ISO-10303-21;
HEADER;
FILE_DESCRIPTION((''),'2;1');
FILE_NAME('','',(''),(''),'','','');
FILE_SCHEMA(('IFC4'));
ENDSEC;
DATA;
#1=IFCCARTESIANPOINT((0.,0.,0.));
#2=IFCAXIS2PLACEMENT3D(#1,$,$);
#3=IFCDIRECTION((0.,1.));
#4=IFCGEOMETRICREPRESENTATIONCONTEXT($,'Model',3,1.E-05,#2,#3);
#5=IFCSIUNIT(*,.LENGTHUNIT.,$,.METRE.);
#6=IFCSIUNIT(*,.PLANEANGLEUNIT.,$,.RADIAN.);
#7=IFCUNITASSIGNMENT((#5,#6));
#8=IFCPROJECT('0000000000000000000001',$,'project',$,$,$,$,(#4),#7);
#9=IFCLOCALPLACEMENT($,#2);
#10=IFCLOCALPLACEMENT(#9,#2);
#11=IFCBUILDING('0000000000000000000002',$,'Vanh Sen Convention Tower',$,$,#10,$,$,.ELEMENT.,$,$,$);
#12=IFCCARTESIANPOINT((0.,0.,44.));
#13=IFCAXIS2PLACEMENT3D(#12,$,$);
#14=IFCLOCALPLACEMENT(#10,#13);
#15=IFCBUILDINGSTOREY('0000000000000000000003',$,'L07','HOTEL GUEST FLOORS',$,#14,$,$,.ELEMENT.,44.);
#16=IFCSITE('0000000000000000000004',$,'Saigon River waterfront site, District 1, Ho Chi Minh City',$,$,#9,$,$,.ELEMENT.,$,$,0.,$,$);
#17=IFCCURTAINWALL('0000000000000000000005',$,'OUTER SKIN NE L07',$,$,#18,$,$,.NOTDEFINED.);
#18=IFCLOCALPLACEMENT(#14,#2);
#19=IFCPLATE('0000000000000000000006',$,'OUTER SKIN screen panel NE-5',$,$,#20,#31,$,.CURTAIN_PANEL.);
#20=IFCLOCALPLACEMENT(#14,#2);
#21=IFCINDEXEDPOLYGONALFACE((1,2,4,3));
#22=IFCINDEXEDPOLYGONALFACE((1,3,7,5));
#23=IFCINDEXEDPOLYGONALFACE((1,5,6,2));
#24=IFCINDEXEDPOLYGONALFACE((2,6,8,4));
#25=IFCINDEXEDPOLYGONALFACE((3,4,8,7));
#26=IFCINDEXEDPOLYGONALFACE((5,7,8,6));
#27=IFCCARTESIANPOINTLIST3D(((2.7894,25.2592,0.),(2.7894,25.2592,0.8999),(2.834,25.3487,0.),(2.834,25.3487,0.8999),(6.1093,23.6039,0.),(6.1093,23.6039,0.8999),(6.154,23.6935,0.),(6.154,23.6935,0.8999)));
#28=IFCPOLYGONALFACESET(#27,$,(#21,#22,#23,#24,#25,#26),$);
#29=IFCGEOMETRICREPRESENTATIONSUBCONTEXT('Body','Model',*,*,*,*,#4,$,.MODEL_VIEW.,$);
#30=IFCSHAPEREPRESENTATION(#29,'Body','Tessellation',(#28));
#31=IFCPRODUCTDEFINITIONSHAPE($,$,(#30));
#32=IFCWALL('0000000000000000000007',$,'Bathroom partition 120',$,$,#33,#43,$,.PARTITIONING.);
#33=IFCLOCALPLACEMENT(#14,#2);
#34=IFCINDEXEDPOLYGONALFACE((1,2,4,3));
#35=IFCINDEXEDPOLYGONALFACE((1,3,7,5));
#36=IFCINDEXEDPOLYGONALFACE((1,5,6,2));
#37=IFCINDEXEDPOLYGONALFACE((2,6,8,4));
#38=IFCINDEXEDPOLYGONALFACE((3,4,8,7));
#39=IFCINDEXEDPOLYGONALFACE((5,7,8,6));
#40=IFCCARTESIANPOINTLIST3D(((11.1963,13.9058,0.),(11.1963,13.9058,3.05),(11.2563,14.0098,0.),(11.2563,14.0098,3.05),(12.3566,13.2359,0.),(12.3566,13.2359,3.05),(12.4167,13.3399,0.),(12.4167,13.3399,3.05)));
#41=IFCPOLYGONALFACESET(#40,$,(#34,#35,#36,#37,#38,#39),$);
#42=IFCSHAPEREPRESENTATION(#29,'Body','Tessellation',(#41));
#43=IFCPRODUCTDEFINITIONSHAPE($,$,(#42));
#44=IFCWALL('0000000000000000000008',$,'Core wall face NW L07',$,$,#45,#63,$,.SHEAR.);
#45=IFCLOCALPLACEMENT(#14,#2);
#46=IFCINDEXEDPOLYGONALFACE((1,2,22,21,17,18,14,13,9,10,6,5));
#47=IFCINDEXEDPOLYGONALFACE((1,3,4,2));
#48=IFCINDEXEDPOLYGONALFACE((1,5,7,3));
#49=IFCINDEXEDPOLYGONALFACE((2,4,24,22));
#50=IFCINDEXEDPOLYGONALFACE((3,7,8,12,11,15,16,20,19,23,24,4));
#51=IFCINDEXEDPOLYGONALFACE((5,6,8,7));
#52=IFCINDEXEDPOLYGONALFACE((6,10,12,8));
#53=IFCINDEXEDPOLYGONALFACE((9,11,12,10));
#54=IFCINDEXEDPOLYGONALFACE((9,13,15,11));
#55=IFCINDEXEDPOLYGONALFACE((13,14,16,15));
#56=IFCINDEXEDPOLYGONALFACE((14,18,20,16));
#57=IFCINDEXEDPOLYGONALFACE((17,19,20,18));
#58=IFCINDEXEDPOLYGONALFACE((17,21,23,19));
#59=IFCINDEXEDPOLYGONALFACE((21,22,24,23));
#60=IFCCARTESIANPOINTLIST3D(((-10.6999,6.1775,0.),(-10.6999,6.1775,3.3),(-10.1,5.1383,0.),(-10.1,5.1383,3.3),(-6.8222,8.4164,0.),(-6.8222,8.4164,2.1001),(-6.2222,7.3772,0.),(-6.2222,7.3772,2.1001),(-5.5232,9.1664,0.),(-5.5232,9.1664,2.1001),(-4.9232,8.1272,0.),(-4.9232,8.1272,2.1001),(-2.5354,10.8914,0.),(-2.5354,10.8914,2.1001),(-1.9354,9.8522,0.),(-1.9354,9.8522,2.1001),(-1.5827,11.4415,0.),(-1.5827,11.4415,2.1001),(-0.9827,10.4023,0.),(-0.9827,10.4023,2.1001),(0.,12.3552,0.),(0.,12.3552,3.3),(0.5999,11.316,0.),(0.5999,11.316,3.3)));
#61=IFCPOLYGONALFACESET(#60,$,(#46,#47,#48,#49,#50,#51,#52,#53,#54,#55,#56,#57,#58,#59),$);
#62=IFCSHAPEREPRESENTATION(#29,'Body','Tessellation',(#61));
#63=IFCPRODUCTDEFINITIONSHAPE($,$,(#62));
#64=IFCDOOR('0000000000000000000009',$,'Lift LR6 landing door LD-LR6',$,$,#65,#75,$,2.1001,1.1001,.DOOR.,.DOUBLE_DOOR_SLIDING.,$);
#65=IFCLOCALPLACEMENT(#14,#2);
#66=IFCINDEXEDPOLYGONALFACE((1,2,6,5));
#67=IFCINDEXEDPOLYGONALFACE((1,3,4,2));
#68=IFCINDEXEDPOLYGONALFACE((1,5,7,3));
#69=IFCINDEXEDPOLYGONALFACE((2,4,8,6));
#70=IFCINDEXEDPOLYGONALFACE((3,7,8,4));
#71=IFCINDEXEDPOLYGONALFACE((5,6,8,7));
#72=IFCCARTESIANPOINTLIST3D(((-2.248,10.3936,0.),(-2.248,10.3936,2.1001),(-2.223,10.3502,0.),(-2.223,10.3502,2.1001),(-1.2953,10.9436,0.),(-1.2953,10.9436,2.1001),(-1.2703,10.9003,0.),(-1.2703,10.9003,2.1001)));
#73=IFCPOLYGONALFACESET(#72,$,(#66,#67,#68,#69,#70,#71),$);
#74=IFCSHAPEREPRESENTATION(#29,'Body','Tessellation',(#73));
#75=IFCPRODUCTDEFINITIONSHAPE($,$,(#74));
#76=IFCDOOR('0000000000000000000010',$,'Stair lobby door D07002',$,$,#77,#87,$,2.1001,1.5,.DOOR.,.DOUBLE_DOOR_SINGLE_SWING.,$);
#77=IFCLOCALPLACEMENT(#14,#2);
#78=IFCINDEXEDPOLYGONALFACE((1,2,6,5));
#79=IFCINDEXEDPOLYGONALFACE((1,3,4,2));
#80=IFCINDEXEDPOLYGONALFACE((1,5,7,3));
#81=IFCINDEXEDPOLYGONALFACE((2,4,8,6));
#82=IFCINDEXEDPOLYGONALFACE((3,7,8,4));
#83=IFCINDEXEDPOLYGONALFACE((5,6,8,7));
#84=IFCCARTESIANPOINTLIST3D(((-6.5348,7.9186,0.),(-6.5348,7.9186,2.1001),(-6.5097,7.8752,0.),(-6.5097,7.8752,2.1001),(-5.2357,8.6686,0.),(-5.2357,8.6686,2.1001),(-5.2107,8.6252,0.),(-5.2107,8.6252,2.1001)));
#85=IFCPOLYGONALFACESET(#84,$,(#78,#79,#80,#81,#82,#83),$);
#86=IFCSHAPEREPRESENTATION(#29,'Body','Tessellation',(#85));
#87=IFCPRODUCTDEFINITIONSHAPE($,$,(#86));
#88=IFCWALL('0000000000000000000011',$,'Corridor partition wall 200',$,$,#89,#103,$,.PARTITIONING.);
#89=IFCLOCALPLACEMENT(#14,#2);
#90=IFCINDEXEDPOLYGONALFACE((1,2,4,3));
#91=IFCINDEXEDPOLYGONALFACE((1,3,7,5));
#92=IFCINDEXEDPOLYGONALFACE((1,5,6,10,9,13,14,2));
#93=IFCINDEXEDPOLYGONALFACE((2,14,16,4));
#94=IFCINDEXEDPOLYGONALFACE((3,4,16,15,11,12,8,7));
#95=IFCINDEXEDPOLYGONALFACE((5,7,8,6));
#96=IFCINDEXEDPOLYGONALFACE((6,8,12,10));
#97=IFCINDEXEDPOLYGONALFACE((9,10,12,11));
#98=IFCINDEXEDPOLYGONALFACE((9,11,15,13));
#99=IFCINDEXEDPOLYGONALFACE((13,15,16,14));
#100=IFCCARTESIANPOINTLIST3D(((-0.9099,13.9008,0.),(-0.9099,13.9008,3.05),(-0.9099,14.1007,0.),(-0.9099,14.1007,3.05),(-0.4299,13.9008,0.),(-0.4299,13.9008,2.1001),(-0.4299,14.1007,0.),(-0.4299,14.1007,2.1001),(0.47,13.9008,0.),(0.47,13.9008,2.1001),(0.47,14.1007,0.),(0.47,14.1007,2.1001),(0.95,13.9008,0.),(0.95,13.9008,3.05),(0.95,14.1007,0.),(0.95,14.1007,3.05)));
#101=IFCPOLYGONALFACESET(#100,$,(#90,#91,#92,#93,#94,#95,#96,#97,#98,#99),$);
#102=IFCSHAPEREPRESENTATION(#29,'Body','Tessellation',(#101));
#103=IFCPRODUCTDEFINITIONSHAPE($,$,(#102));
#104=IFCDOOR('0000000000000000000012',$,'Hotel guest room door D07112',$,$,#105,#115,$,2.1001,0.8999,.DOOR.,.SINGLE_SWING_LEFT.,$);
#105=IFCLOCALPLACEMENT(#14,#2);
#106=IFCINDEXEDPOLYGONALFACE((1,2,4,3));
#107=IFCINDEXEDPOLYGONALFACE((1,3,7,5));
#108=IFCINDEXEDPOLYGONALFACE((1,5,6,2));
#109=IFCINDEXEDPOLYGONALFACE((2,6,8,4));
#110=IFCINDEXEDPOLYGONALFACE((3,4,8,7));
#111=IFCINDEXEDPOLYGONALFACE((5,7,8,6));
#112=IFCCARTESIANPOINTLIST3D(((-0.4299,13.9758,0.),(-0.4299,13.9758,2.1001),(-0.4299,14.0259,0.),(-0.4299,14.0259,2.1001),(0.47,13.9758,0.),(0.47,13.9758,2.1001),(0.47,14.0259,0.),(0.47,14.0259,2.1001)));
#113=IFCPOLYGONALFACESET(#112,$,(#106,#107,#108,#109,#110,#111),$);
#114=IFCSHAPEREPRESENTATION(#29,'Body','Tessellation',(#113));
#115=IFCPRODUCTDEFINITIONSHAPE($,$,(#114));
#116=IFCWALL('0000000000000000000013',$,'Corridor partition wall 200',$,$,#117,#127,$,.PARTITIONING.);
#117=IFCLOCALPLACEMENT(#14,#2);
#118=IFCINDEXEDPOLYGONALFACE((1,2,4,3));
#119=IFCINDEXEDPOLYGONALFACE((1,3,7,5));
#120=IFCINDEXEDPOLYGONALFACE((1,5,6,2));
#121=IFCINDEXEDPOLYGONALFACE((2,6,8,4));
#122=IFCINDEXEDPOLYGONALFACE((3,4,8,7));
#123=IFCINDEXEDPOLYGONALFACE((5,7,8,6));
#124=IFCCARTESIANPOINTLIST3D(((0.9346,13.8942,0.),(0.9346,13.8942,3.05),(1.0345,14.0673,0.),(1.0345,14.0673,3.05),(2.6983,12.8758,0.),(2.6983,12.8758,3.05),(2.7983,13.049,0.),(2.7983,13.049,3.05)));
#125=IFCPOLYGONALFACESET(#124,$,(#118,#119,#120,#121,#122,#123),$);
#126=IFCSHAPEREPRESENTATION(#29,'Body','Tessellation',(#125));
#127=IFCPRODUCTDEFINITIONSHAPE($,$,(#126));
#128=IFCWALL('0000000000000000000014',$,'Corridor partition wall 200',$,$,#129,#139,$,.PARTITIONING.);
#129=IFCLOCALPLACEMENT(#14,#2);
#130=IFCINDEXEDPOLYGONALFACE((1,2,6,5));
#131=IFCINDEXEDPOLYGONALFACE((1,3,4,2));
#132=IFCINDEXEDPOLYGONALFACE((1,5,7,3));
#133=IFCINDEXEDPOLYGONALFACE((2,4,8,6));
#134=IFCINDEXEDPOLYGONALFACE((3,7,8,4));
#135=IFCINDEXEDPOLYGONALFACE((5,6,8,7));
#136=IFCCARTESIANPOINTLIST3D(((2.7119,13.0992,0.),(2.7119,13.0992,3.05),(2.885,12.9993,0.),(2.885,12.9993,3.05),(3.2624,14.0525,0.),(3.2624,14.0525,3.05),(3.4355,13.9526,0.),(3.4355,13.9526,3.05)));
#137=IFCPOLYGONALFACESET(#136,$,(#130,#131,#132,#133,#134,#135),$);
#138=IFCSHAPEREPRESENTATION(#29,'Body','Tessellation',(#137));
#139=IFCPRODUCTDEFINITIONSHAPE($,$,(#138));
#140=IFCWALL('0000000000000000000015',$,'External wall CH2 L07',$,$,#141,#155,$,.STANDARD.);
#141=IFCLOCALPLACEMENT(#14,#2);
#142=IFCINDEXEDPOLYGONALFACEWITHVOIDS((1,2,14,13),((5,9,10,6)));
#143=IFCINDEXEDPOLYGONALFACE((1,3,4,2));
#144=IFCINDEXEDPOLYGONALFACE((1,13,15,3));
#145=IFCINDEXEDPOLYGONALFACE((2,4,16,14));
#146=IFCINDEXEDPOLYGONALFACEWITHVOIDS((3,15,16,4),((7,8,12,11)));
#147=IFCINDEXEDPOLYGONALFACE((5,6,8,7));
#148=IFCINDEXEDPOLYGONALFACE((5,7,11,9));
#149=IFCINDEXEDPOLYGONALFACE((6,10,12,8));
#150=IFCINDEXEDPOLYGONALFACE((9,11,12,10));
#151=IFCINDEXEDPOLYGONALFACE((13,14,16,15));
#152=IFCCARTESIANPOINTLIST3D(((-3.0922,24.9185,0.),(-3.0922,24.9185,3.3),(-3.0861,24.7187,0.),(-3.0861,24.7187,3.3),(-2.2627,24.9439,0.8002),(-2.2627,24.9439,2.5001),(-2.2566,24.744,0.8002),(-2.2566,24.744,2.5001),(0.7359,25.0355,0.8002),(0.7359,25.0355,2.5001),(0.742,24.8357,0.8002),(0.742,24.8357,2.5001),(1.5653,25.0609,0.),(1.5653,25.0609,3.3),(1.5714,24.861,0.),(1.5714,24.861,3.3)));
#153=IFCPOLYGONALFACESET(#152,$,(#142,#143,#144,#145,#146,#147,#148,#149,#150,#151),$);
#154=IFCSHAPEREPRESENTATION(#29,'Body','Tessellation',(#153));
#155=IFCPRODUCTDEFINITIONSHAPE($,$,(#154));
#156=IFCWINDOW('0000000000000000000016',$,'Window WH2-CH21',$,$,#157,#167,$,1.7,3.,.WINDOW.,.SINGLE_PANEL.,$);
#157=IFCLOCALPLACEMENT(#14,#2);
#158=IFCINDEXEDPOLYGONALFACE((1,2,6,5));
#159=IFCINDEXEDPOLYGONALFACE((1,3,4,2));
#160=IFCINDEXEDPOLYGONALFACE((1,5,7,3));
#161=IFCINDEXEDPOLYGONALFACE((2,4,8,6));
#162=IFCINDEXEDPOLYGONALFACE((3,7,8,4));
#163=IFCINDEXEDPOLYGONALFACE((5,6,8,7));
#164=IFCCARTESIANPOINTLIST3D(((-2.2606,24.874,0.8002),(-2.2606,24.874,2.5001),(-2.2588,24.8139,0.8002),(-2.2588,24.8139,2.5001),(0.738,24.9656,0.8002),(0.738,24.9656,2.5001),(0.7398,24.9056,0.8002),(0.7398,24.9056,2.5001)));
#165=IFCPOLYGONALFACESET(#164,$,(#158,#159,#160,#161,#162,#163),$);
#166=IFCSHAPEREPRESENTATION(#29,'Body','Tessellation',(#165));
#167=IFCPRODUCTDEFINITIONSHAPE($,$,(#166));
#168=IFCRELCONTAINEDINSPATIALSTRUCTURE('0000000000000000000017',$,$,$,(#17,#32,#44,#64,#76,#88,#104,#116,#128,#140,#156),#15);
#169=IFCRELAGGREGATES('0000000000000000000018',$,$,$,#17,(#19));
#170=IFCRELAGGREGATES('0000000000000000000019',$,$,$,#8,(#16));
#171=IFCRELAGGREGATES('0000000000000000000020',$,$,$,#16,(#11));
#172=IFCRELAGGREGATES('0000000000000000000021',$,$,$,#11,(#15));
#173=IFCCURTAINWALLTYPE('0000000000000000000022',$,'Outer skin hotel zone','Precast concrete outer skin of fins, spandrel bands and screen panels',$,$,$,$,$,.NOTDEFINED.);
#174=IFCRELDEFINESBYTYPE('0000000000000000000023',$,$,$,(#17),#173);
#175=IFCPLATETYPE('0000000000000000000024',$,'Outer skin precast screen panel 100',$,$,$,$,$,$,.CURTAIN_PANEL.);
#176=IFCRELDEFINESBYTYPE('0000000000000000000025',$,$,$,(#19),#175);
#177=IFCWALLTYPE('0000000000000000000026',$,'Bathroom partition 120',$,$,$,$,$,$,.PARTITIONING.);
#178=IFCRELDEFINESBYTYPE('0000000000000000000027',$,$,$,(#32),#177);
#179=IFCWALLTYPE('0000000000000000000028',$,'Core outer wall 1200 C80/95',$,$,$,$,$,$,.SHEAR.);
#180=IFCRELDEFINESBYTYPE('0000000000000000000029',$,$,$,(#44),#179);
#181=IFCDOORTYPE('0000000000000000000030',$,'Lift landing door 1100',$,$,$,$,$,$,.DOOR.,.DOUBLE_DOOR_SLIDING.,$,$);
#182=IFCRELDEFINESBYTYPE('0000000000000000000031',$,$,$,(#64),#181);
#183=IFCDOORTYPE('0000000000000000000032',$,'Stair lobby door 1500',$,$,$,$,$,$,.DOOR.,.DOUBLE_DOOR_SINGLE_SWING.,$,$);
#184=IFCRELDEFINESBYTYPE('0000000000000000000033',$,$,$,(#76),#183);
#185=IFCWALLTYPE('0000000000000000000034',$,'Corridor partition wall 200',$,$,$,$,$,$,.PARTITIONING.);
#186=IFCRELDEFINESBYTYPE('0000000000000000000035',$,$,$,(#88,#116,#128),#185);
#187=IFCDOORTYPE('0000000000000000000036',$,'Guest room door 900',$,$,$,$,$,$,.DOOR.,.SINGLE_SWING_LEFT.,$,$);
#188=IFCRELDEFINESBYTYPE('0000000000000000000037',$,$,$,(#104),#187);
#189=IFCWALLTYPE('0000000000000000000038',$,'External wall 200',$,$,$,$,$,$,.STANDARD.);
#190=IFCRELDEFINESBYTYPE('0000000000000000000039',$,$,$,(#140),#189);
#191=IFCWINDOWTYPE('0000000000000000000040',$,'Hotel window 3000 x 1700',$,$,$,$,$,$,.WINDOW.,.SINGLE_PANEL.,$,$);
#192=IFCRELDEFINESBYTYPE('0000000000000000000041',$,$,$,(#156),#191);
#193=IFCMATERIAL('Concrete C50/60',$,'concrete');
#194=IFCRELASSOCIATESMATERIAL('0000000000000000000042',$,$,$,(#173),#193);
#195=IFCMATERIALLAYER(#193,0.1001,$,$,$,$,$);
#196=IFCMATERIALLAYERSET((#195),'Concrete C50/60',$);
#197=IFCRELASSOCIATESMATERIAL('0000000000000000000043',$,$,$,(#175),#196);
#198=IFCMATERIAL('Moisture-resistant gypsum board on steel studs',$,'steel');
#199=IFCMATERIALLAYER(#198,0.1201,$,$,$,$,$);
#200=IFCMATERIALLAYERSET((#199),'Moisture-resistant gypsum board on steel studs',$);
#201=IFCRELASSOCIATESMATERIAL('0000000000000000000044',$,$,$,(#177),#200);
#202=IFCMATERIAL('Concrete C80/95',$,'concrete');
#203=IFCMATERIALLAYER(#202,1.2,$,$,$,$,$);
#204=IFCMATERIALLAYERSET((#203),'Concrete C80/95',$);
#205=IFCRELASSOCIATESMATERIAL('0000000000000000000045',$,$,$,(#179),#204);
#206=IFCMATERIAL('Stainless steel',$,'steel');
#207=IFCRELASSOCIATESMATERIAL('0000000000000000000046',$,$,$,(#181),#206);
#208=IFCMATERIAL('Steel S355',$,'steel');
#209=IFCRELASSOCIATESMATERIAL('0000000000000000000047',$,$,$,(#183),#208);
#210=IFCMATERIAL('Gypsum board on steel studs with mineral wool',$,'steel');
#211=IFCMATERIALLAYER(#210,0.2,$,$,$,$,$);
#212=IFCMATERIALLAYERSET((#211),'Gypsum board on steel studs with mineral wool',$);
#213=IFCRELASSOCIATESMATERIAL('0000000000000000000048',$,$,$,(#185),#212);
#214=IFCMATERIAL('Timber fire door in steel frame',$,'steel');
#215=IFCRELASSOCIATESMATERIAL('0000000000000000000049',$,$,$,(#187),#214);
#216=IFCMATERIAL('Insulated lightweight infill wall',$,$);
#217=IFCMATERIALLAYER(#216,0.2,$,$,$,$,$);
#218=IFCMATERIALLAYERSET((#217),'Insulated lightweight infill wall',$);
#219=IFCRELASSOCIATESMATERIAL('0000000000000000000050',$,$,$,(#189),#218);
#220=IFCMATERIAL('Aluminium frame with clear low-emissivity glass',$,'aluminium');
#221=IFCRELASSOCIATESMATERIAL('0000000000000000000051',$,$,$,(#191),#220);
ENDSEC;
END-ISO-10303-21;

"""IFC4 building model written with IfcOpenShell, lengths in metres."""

from ifc_helpers import new_model, si_unit, direction, frame, frame_2d, origin, origin_2d, place, context, subcontext, project, spatial, rectangle, extrude, material, layer, layer_set, type_object, element, fill, aggregate, save


model = new_model("IFC4")

# Units and contexts
model_context = context("Model", 3, precision=1e-05, world=origin(), true_north=direction((0.0, 1.0)))
body_context = subcontext(model_context, "Body", "Model", "MODEL_VIEW")
ifc_project = project(units=[si_unit("LENGTHUNIT", "METRE"), si_unit("PLANEANGLEUNIT", "RADIAN")], contexts=[model_context])

# Site, building, storey
site_placement = place(None, origin())
site = spatial("IfcSite", under=ifc_project, at=site_placement, Name="Saigon River waterfront site, District 1, Ho Chi Minh City", CompositionType="ELEMENT", RefElevation=0.0)
building_placement = place(site_placement, origin())
building = spatial("IfcBuilding", under=site, at=building_placement, Name="Vanh Sen Convention Tower", CompositionType="ELEMENT")
storey_placement = place(building_placement, frame((0.0, 0.0, 44.0)))
storey = spatial("IfcBuildingStorey", under=building, at=storey_placement, Name="L07", Description="HOTEL GUEST FLOORS", CompositionType="ELEMENT", Elevation=44.0)

# Shared definitions
ifc_material_1 = material(Name="Concrete C80/95", Category="concrete")

# Curtain wall
ifc_material_2 = material(Name="Concrete C50/60", Category="concrete")
curtain_wall_type = type_object("IfcCurtainWallType", Name="Outer skin hotel zone", Description="Precast concrete outer skin of fins, spandrel bands and screen panels", PredefinedType="NOTDEFINED", material=ifc_material_2)
curtain_wall_1_placement = place(storey_placement, origin())
curtain_wall_1 = element("IfcCurtainWall", 1, at=curtain_wall_1_placement, inside=storey, type_object=curtain_wall_type, Name="OUTER SKIN NE L07", PredefinedType="NOTDEFINED")

# Plate
ifc_layer_1 = layer(ifc_material_2, 0.1001)
ifc_layer_set_1 = layer_set([ifc_layer_1], Name="Concrete C50/60")
plate_type = type_object("IfcPlateType", Name="Outer skin precast screen panel 100", PredefinedType="CURTAIN_PANEL", material=ifc_layer_set_1)
plate_1_placement = place(storey_placement, frame((4.4717, 24.4763, 0.0), z_axis=(0.0, 0.0, 1.0), x_axis=(-0.894935, 0.446196, 0.0)))
plate_1 = element("IfcPlate", 2, at=plate_1_placement, type_object=plate_type, Name="OUTER SKIN screen panel NE-5", PredefinedType="CURTAIN_PANEL", context=body_context, shape_type="SweptSolid", body=[
    extrude(rectangle(XDim=3.7097, YDim=0.1001, at=origin_2d()), origin(), (0.0, 0.0, 1.0), 0.8999),
])
aggregate(curtain_wall_1, [plate_1])

# Wall
ifc_material_3 = material(Name="Moisture-resistant gypsum board on steel studs", Category="steel")
ifc_layer_2 = layer(ifc_material_3, 0.1201)
ifc_layer_set_2 = layer_set([ifc_layer_2], Name="Moisture-resistant gypsum board on steel studs")
wall_type_1 = type_object("IfcWallType", Name="Bathroom partition 120", PredefinedType="PARTITIONING", material=ifc_layer_set_2)
wall_1_placement = place(storey_placement, frame((11.2263, 13.9578, 0.0), z_axis=(0.0, 0.0, 1.0), x_axis=(0.866037, -0.49998, 0.0)))
element("IfcWall", 3, at=wall_1_placement, inside=storey, type_object=wall_type_1, Name="Bathroom partition 120", PredefinedType="PARTITIONING", context=body_context, shape_type="SweptSolid", body=[
    extrude(rectangle(XDim=1.3398, YDim=0.1201, at=frame_2d((0.6699, 0.0))), origin(), (0.0, 0.0, 1.0), 3.05),
])

# Wall, openings, doors
ifc_layer_3 = layer(ifc_material_1, 1.2)
ifc_layer_set_3 = layer_set([ifc_layer_3], Name="Concrete C80/95")
wall_type_2 = type_object("IfcWallType", Name="Core outer wall 1200 C80/95", PredefinedType="SHEAR", material=ifc_layer_set_3)
wall_2_placement = place(storey_placement, frame((0.3, 11.8357, 0.0), z_axis=(0.0, 0.0, 1.0), x_axis=(-0.866021, -0.500007, 0.0)))
wall_2 = element("IfcWall", 4, at=wall_2_placement, inside=storey, type_object=wall_type_2, Name="Core wall face NW L07", PredefinedType="SHEAR", context=body_context, shape_type="SweptSolid", body=[
    extrude(rectangle(XDim=12.3552, YDim=1.2, at=frame_2d((6.1777, 0.0))), origin(), (0.0, 0.0, 1.0), 3.3),
])
opening_1_placement = place(wall_2_placement, frame((6.3777, 0.0, 0.0)))
opening_1 = element("IfcOpeningElement", 5, at=opening_1_placement, cuts=wall_2, PredefinedType="OPENING", context=body_context, shape_type="SweptSolid", body=[
    extrude(rectangle(XDim=1.5, YDim=2.1001, at=frame_2d((0.75, 1.05))), frame((0.0, 0.6099, 0.0), z_axis=(0.0, -1.0, 0.0), x_axis=(1.0, 0.0, 0.0)), (0.0, 0.0, 1.0), 1.22),
])
opening_2_placement = place(wall_2_placement, frame((1.8276, 0.0, 0.0)))
opening_2 = element("IfcOpeningElement", 6, at=opening_2_placement, cuts=wall_2, PredefinedType="OPENING", context=body_context, shape_type="SweptSolid", body=[
    extrude(rectangle(XDim=1.1001, YDim=2.1001, at=frame_2d((0.55, 1.05))), frame((0.0, 0.6099, 0.0), z_axis=(0.0, -1.0, 0.0), x_axis=(1.0, 0.0, 0.0)), (0.0, 0.0, 1.0), 1.22),
])
ifc_material_4 = material(Name="Stainless steel", Category="steel")
door_type_1 = type_object("IfcDoorType", Name="Lift landing door 1100", OperationType="DOUBLE_DOOR_SLIDING", PredefinedType="DOOR", material=ifc_material_4)
door_1_placement = place(opening_2_placement, origin())
door_1 = element("IfcDoor", 7, at=door_1_placement, inside=storey, type_object=door_type_1, Name="Lift LR6 landing door LD-LR6", OperationType="DOUBLE_DOOR_SLIDING", OverallHeight=2.1001, OverallWidth=1.1001, PredefinedType="DOOR", context=body_context, shape_type="SweptSolid", body=[
    extrude(rectangle(XDim=1.1001, YDim=2.1001, at=frame_2d((0.55, 1.05))), frame((0.0, 0.0249, 0.0), z_axis=(0.0, -1.0, 0.0), x_axis=(1.0, 0.0, 0.0)), (0.0, 0.0, 1.0), 0.05),
])
fill(opening_2, door_1)
ifc_material_5 = material(Name="Steel S355", Category="steel")
door_type_2 = type_object("IfcDoorType", Name="Stair lobby door 1500", OperationType="DOUBLE_DOOR_SINGLE_SWING", PredefinedType="DOOR", material=ifc_material_5)
door_2_placement = place(opening_1_placement, origin())
door_2 = element("IfcDoor", 8, at=door_2_placement, inside=storey, type_object=door_type_2, Name="Stair lobby door D07002", OperationType="DOUBLE_DOOR_SINGLE_SWING", OverallHeight=2.1001, OverallWidth=1.5, PredefinedType="DOOR", context=body_context, shape_type="SweptSolid", body=[
    extrude(rectangle(XDim=1.5, YDim=2.1001, at=frame_2d((0.75, 1.05))), frame((0.0, 0.0249, 0.0), z_axis=(0.0, -1.0, 0.0), x_axis=(1.0, 0.0, 0.0)), (0.0, 0.0, 1.0), 0.05),
])
fill(opening_1, door_2)

# Wall, opening, door
ifc_material_6 = material(Name="Gypsum board on steel studs with mineral wool", Category="steel")
ifc_layer_4 = layer(ifc_material_6, 0.2)
ifc_layer_set_4 = layer_set([ifc_layer_4], Name="Gypsum board on steel studs with mineral wool")
wall_type_3 = type_object("IfcWallType", Name="Corridor partition wall 200", PredefinedType="PARTITIONING", material=ifc_layer_set_4)
wall_3_placement = place(storey_placement, frame((0.95, 14.0007, 0.0), z_axis=(0.0, 0.0, 1.0), x_axis=(-1.0, 0.0, 0.0)))
wall_3 = element("IfcWall", 9, at=wall_3_placement, inside=storey, type_object=wall_type_3, Name="Corridor partition wall 200", PredefinedType="PARTITIONING", context=body_context, shape_type="SweptSolid", body=[
    extrude(rectangle(XDim=1.8599, YDim=0.2, at=frame_2d((0.9299, 0.0))), origin(), (0.0, 0.0, 1.0), 3.05),
])
opening_3_placement = place(wall_3_placement, frame((0.48, 0.0, 0.0)))
opening_3 = element("IfcOpeningElement", 10, at=opening_3_placement, cuts=wall_3, PredefinedType="OPENING", context=body_context, shape_type="SweptSolid", body=[
    extrude(rectangle(XDim=0.8999, YDim=2.1001, at=frame_2d((0.45, 1.05))), frame((0.0, 0.1099, 0.0), z_axis=(0.0, -1.0, 0.0), x_axis=(1.0, 0.0, 0.0)), (0.0, 0.0, 1.0), 0.22),
])
ifc_material_7 = material(Name="Timber fire door in steel frame", Category="steel")
door_type_3 = type_object("IfcDoorType", Name="Guest room door 900", OperationType="SINGLE_SWING_LEFT", PredefinedType="DOOR", material=ifc_material_7)
door_3_placement = place(opening_3_placement, origin())
door_3 = element("IfcDoor", 11, at=door_3_placement, inside=storey, type_object=door_type_3, Name="Hotel guest room door D07112", OperationType="SINGLE_SWING_LEFT", OverallHeight=2.1001, OverallWidth=0.8999, PredefinedType="DOOR", context=body_context, shape_type="SweptSolid", body=[
    extrude(rectangle(XDim=0.8999, YDim=2.1001, at=frame_2d((0.45, 1.05))), frame((0.0, 0.0249, 0.0), z_axis=(0.0, -1.0, 0.0), x_axis=(1.0, 0.0, 0.0)), (0.0, 0.0, 1.0), 0.05),
])
fill(opening_3, door_3)

# Walls
wall_4_placement = place(storey_placement, frame((2.7483, 12.9624, 0.0), z_axis=(0.0, 0.0, 1.0), x_axis=(-0.866014, 0.50002, 0.0)))
element("IfcWall", 12, at=wall_4_placement, inside=storey, type_object=wall_type_3, Name="Corridor partition wall 200", PredefinedType="PARTITIONING", context=body_context, shape_type="SweptSolid", body=[
    extrude(rectangle(XDim=2.0366, YDim=0.2, at=frame_2d((1.0183, 0.0))), origin(), (0.0, 0.0, 1.0), 3.05),
])
wall_5_placement = place(storey_placement, frame((3.3489, 14.0024, 0.0), z_axis=(0.0, 0.0, 1.0), x_axis=(-0.500074, -0.865982, 0.0)))
element("IfcWall", 13, at=wall_5_placement, inside=storey, type_object=wall_type_3, Name="Corridor partition wall 200", PredefinedType="PARTITIONING", context=body_context, shape_type="SweptSolid", body=[
    extrude(rectangle(XDim=1.1008, YDim=0.2, at=frame_2d((0.5503, 0.0))), origin(), (0.0, 0.0, 1.0), 3.05),
])

# Wall, opening, window
ifc_material_8 = material(Name="Insulated lightweight infill wall")
ifc_layer_5 = layer(ifc_material_8, 0.2)
ifc_layer_set_5 = layer_set([ifc_layer_5], Name="Insulated lightweight infill wall")
wall_type_4 = type_object("IfcWallType", Name="External wall 200", PredefinedType="STANDARD", material=ifc_layer_set_5)
wall_6_placement = place(storey_placement, frame((1.5684, 24.9609, 0.0), z_axis=(0.0, 0.0, 1.0), x_axis=(-0.999533, -0.030546, 0.0)))
wall_6 = element("IfcWall", 14, at=wall_6_placement, inside=storey, type_object=wall_type_4, Name="External wall CH2 L07", PredefinedType="STANDARD", context=body_context, shape_type="SweptSolid", body=[
    extrude(rectangle(XDim=4.6597, YDim=0.2, at=frame_2d((2.3298, 0.0))), origin(), (0.0, 0.0, 1.0), 3.3),
])
opening_4_placement = place(wall_6_placement, frame((0.8298, 0.0, 0.8)))
opening_4 = element("IfcOpeningElement", 15, at=opening_4_placement, cuts=wall_6, PredefinedType="OPENING", context=body_context, shape_type="SweptSolid", body=[
    extrude(rectangle(XDim=3.0, YDim=1.7, at=frame_2d((1.5, 0.8501))), frame((0.0, 0.1099, 0.0), z_axis=(0.0, -1.0, 0.0), x_axis=(1.0, 0.0, 0.0)), (0.0, 0.0, 1.0), 0.22),
])
ifc_material_9 = material(Name="Aluminium frame with clear low-emissivity glass", Category="aluminium")
window_type = type_object("IfcWindowType", Name="Hotel window 3000 x 1700", PartitioningType="SINGLE_PANEL", PredefinedType="WINDOW", material=ifc_material_9)
window_placement = place(opening_4_placement, origin())
window = element("IfcWindow", 16, at=window_placement, inside=storey, type_object=window_type, Name="Window WH2-CH21", OverallHeight=1.7, OverallWidth=3.0, PartitioningType="SINGLE_PANEL", PredefinedType="WINDOW", context=body_context, shape_type="SweptSolid", body=[
    extrude(rectangle(XDim=3.0, YDim=1.7, at=frame_2d((1.5, 0.8501))), frame((0.0, 0.03, 0.0), z_axis=(0.0, -1.0, 0.0), x_axis=(1.0, 0.0, 0.0)), (0.0, 0.0, 1.0), 0.0601),
])
fill(opening_4, window)

save(model, "model.ifc")
